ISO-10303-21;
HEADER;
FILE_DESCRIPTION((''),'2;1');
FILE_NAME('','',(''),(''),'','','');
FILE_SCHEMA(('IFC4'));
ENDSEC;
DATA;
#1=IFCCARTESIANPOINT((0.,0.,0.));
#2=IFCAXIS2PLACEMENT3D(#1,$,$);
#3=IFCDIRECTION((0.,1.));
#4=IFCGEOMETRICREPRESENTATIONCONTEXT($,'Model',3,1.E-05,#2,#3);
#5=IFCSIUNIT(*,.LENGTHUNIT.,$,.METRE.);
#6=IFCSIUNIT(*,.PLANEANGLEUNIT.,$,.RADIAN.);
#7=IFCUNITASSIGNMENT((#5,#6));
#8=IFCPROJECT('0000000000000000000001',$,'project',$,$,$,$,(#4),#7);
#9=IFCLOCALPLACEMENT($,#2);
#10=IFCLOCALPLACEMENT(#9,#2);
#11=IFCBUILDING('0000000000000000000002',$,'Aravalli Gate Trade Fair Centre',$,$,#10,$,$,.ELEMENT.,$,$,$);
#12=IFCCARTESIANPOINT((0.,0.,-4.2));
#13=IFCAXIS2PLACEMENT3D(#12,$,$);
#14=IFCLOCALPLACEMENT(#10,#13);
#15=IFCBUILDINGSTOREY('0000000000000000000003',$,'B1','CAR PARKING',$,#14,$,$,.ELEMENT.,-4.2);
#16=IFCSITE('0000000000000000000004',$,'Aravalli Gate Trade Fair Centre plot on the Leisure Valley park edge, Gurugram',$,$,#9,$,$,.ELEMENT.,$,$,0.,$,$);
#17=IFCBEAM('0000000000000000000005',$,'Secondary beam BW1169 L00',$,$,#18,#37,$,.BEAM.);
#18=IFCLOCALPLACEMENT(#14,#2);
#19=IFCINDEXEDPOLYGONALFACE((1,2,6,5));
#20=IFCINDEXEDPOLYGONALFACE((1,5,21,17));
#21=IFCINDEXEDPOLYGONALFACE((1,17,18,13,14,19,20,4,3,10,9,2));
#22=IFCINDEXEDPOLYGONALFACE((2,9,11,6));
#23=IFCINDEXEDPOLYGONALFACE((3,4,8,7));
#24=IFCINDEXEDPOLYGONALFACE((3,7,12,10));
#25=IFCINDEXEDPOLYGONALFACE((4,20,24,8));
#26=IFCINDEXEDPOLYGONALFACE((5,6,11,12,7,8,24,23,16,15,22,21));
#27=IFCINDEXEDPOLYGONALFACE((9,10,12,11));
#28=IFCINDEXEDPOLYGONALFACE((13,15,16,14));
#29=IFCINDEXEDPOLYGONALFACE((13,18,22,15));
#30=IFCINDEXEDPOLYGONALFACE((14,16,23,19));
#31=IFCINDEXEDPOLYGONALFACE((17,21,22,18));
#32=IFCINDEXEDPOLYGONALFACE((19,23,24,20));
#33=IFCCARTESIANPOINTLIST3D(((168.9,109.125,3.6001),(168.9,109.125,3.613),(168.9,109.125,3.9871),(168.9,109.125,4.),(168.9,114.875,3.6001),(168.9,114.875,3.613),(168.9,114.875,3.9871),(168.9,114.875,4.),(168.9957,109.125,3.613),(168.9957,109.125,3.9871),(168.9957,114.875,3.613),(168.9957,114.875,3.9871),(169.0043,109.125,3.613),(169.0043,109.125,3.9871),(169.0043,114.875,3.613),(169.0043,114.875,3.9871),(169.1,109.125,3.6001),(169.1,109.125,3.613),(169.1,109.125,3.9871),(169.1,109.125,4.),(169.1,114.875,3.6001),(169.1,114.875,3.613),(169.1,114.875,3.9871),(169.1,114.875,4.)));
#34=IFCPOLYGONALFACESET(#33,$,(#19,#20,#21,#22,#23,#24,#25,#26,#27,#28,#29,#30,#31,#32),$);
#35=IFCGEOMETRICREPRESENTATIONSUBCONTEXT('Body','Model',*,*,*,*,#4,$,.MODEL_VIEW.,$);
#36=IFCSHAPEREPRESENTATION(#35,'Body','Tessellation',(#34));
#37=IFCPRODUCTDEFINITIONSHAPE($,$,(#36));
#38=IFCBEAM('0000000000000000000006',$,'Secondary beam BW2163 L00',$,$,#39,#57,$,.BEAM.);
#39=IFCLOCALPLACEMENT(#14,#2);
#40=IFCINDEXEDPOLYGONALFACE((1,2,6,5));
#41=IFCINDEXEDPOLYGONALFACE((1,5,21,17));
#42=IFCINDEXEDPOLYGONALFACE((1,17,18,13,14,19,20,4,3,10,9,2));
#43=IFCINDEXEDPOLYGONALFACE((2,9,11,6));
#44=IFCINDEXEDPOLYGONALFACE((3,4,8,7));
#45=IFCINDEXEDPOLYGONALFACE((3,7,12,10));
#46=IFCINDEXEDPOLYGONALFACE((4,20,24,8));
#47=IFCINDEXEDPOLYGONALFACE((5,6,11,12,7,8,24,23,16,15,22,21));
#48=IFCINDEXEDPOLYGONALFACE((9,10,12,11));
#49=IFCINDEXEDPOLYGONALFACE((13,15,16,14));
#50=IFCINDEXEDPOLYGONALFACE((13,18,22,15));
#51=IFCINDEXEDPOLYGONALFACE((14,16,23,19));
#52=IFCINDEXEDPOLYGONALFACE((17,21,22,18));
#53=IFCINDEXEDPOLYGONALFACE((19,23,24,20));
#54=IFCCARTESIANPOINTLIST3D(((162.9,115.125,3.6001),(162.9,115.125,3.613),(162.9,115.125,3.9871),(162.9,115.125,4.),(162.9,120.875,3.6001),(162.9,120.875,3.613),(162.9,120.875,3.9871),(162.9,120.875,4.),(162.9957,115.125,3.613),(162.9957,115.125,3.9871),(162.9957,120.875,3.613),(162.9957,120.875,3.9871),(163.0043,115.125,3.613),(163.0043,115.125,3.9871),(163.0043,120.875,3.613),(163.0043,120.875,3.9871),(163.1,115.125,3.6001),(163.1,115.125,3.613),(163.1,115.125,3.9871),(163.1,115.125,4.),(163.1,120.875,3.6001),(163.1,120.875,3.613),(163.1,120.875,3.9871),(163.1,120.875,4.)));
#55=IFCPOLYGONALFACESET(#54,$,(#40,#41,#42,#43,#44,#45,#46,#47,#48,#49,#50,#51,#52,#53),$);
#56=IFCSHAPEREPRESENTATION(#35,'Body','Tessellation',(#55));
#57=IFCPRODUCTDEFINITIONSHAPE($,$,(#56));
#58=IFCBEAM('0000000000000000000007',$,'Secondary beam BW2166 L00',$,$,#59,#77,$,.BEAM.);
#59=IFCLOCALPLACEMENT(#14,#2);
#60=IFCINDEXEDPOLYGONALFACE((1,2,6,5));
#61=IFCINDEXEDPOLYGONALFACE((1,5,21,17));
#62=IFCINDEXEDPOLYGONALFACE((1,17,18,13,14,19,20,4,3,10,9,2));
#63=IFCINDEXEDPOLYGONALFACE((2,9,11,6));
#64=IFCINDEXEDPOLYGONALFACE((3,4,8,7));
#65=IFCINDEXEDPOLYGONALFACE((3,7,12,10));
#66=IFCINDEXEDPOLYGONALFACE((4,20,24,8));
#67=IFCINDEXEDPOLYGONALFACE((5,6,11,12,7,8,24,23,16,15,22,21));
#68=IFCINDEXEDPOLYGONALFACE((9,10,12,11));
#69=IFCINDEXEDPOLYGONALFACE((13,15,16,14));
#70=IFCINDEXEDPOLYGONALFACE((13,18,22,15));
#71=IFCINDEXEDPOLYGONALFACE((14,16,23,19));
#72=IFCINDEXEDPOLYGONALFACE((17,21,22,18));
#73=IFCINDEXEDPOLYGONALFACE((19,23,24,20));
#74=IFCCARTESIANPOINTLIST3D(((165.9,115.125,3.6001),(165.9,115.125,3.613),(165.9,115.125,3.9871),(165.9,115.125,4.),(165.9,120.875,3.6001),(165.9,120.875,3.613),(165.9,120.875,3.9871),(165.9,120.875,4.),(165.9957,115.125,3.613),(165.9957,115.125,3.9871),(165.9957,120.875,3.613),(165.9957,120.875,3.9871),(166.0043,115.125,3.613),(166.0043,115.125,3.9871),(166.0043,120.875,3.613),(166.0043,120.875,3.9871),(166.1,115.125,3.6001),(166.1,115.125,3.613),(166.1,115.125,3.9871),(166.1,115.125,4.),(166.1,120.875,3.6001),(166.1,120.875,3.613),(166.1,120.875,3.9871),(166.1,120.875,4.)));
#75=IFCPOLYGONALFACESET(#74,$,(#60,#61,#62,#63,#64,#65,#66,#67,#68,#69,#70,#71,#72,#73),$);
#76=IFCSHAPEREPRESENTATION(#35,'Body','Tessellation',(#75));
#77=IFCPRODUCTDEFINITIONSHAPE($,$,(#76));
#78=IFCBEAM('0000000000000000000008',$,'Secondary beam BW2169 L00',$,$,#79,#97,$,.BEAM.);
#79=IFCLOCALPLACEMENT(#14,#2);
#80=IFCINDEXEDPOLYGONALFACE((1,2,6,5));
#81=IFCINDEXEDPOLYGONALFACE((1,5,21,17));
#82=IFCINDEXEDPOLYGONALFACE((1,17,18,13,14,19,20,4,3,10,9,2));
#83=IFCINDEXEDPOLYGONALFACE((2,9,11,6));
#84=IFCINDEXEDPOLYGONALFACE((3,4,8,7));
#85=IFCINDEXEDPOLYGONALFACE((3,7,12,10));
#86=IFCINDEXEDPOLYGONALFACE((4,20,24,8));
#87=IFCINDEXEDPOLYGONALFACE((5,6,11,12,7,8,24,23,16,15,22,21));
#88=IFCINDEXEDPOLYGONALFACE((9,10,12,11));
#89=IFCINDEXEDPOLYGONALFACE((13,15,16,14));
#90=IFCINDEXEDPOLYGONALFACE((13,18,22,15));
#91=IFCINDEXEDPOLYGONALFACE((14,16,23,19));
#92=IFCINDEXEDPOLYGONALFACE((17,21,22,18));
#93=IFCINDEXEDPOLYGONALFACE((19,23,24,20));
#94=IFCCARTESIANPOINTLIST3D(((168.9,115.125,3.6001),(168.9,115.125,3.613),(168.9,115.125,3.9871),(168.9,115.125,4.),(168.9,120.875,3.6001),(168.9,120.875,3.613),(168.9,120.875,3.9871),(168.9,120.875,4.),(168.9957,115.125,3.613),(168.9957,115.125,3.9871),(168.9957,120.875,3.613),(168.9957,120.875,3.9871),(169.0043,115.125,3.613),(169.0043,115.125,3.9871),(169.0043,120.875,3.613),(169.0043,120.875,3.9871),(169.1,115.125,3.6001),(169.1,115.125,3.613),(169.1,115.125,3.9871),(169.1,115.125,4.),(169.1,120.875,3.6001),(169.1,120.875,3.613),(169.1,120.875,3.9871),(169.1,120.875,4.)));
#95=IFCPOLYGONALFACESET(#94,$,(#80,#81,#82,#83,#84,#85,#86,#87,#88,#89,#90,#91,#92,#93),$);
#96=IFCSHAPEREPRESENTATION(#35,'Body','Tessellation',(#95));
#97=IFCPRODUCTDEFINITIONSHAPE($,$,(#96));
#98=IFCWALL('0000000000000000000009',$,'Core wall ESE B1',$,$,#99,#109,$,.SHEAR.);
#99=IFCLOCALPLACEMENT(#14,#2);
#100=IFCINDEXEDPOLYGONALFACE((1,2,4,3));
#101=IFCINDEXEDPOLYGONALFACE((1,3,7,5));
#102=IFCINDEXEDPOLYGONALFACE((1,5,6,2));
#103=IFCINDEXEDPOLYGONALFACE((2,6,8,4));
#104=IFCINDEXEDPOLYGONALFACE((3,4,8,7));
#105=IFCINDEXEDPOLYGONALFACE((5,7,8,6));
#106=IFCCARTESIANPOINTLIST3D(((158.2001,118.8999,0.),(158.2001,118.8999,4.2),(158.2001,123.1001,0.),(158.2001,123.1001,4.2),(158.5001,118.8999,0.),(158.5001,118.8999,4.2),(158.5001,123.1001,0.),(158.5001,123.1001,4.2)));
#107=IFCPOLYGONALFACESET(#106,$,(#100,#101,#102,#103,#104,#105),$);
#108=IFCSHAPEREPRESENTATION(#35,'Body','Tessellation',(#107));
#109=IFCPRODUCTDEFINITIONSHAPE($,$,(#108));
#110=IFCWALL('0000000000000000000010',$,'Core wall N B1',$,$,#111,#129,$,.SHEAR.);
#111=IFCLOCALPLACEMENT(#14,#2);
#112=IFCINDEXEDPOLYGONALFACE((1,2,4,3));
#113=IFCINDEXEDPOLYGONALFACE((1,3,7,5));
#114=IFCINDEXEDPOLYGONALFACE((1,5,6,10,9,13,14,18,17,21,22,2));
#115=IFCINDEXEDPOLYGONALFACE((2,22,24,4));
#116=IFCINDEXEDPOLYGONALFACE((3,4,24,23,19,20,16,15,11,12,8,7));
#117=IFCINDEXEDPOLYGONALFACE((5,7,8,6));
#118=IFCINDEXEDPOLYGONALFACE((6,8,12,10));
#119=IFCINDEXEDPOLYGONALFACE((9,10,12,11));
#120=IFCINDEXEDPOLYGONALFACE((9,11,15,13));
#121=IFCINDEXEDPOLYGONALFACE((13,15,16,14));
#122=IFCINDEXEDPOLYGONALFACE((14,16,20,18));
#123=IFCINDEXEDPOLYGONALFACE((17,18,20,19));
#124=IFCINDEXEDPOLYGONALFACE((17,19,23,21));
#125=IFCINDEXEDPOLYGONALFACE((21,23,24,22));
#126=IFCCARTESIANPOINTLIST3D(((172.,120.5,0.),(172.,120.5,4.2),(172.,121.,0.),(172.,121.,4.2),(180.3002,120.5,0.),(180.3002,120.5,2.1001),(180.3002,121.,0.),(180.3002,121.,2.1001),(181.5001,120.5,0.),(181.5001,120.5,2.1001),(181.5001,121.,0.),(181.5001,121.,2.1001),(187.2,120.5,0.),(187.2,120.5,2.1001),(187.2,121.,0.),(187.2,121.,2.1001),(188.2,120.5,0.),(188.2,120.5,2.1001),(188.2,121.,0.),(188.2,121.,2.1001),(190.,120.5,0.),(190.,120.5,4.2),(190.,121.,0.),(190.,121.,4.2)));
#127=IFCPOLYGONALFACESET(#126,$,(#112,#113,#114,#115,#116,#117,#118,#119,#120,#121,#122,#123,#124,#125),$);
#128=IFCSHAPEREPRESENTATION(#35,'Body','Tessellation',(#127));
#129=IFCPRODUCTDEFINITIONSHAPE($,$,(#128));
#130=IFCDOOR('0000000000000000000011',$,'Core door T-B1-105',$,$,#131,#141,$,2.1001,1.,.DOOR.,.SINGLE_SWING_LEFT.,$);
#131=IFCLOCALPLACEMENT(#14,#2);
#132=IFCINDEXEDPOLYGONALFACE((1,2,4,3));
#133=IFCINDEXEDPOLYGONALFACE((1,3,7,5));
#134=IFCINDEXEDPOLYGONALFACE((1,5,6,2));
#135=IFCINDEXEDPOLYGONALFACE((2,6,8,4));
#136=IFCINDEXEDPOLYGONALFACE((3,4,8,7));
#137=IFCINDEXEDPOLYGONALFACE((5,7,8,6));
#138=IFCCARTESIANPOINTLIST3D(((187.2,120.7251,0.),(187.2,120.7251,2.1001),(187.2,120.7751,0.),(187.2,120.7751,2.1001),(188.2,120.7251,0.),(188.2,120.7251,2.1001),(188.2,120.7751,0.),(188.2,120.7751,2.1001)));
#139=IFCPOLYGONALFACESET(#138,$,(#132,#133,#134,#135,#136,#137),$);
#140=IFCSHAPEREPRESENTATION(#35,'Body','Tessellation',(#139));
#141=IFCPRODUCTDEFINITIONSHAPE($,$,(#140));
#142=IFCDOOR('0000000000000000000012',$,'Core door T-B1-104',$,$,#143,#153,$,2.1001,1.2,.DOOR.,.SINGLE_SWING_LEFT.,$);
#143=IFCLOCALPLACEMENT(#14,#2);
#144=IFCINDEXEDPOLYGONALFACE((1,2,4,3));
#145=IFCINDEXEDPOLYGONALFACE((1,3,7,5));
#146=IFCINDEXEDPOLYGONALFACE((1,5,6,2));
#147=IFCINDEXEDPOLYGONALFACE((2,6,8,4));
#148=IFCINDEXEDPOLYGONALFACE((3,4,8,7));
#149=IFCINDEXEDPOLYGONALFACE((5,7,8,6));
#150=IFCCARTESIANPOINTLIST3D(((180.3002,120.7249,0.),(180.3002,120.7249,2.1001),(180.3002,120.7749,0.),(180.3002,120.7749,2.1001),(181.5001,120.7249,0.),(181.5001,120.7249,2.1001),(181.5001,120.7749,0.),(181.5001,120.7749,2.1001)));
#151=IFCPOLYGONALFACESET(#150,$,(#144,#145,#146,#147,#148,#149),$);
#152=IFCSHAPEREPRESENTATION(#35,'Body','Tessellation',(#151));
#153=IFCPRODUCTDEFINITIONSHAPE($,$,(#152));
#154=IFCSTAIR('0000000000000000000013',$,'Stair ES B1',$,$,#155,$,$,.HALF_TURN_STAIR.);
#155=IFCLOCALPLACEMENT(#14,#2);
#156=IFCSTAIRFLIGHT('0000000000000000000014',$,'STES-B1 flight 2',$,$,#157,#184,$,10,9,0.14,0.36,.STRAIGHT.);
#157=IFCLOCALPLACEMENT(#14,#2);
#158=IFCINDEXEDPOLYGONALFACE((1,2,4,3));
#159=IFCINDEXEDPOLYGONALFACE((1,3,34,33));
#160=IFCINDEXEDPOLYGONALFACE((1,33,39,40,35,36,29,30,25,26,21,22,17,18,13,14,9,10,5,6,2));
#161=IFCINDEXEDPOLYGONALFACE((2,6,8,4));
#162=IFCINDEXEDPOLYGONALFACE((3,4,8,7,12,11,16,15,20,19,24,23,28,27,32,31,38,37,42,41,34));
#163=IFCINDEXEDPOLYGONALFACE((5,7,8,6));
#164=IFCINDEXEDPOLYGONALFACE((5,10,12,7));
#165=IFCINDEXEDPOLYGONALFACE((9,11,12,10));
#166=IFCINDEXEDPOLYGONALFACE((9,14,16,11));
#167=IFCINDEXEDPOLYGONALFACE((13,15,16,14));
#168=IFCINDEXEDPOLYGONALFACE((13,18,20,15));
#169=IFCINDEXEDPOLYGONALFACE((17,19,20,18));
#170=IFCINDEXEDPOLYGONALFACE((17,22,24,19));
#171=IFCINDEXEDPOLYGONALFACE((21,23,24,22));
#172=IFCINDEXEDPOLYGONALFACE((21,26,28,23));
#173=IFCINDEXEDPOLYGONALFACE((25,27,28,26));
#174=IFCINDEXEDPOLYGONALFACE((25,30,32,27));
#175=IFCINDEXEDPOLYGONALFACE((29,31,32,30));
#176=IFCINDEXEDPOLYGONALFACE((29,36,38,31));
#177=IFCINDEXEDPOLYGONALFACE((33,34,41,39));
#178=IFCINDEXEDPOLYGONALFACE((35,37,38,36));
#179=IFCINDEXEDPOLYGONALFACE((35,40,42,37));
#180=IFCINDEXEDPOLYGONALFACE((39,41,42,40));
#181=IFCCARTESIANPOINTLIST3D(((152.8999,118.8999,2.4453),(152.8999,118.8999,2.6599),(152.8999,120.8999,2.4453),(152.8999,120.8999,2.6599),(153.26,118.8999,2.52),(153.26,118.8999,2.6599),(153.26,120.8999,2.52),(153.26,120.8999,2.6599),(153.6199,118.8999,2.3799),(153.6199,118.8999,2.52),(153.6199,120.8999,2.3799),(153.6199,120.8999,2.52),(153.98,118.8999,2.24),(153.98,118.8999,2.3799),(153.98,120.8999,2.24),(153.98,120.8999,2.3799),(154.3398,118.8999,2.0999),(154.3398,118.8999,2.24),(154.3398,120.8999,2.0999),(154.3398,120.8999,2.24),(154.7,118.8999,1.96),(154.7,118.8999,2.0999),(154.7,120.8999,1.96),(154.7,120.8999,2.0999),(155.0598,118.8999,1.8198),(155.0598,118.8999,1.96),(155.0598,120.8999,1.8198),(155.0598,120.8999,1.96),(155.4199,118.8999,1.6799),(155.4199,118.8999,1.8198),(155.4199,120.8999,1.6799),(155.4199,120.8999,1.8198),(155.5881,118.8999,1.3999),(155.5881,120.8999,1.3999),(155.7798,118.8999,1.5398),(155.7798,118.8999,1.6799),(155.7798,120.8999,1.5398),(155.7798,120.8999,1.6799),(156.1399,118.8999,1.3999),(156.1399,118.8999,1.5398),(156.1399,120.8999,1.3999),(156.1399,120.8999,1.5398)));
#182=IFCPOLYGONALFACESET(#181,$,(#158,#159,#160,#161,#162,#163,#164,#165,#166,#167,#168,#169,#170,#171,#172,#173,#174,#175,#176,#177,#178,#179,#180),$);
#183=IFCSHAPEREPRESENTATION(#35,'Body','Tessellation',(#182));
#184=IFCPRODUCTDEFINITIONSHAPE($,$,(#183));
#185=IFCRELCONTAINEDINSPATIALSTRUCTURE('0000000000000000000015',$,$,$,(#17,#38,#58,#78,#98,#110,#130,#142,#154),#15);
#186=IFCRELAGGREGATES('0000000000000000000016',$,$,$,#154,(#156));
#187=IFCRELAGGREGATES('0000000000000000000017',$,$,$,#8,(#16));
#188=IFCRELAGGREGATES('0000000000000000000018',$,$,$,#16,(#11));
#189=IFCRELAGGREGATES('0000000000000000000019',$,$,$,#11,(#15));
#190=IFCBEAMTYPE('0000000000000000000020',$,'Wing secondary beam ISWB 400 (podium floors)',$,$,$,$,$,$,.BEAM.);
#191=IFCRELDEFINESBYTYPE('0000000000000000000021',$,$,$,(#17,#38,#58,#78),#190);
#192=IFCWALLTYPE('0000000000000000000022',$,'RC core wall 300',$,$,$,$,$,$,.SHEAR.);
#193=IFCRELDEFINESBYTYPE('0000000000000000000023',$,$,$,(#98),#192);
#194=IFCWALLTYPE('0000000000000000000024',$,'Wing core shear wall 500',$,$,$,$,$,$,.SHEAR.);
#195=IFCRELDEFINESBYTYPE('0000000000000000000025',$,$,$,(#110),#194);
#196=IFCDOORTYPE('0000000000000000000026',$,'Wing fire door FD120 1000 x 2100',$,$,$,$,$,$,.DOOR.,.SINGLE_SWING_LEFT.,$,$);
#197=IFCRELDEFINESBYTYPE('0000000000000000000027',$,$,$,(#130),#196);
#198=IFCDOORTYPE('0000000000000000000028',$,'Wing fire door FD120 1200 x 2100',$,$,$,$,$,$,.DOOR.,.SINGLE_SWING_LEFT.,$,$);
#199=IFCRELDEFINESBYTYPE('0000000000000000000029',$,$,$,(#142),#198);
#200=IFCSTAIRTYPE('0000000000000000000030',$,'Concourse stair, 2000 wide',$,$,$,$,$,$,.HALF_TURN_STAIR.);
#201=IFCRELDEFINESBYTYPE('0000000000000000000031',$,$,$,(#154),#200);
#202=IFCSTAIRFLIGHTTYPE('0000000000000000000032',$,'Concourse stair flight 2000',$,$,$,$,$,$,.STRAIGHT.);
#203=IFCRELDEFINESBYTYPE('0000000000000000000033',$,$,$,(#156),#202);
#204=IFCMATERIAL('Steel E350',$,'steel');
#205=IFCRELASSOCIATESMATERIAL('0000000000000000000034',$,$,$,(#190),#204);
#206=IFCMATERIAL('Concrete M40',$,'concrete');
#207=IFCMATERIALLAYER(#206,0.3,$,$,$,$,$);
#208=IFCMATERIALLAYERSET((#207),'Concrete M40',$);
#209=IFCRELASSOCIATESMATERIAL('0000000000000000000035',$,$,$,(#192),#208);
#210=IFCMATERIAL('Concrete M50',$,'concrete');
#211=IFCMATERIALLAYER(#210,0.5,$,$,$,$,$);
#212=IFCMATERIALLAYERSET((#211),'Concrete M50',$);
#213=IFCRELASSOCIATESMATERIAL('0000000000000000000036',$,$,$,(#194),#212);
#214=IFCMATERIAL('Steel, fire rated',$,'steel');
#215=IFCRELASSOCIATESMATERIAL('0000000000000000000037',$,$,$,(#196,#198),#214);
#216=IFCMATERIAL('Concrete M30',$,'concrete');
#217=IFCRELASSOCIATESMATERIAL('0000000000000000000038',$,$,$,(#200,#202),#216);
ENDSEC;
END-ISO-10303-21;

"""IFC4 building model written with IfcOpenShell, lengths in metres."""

from ifc_helpers import new_model, si_unit, direction, frame, frame_2d, origin, origin_2d, place, context, subcontext, project, spatial, polyline, rectangle, i_section, outline, extrude, material, layer, layer_set, material_profile, profile_set, type_object, element, fill, aggregate, save


model = new_model("IFC4")

# Units and contexts
model_context = context("Model", 3, precision=1e-05, world=origin(), true_north=direction((0.0, 1.0)))
body_context = subcontext(model_context, "Body", "Model", "MODEL_VIEW")
ifc_project = project(units=[si_unit("LENGTHUNIT", "METRE"), si_unit("PLANEANGLEUNIT", "RADIAN")], contexts=[model_context])

# Site, building, storey
site_placement = place(None, origin())
site = spatial("IfcSite", under=ifc_project, at=site_placement, Name="Aravalli Gate Trade Fair Centre plot on the Leisure Valley park edge, Gurugram", CompositionType="ELEMENT", RefElevation=0.0)
building_placement = place(site_placement, origin())
building = spatial("IfcBuilding", under=site, at=building_placement, Name="Aravalli Gate Trade Fair Centre", CompositionType="ELEMENT")
storey_placement = place(building_placement, frame((0.0, 0.0, -4.2)))
storey = spatial("IfcBuildingStorey", under=building, at=storey_placement, Name="B1", Description="CAR PARKING", CompositionType="ELEMENT", Elevation=-4.2)

# Shared definitions
ifc_material_1 = material(Name="Concrete M50", Category="concrete")
ifc_material_2 = material(Name="Steel E350", Category="steel")

# Beams
ifc_material_profile_1 = material_profile(ifc_material_2, i_section(OverallWidth=0.2, OverallDepth=0.3999, WebThickness=0.0085, FlangeThickness=0.0129, at=origin_2d()), Name="ISWB 400")
ifc_profile_set_1 = profile_set([ifc_material_profile_1], Name="Steel E350")
beam_type_1 = type_object("IfcBeamType", Name="Wing secondary beam ISWB 400 (podium floors)", PredefinedType="BEAM", material=ifc_profile_set_1)
for number, where, z_axis, x_axis, name in (
    (1, (169.0, 109.125, 3.8), (0.0, 1.0, 0.0), (-1.0, 0.0, 0.0), "Secondary beam BW1169 L00"),
    (2, (163.0, 115.125, 3.8), (0.0, 1.0, 0.0), (-1.0, 0.0, 0.0), "Secondary beam BW2163 L00"),
    (3, (166.0, 115.125, 3.8), (0.0, 1.0, 0.0), (-1.0, 0.0, 0.0), "Secondary beam BW2166 L00"),
    (4, (169.0, 115.125, 3.8), (0.0, 1.0, 0.0), (-1.0, 0.0, 0.0), "Secondary beam BW2169 L00"),
):
    element("IfcBeam", number, at=place(storey_placement, frame(where, z_axis=z_axis, x_axis=x_axis)), inside=storey, type_object=beam_type_1, Name=name, PredefinedType="BEAM", context=body_context, shape_type="SweptSolid", body=[
        extrude(i_section(OverallWidth=0.2, OverallDepth=0.3999, WebThickness=0.0085, FlangeThickness=0.0129, at=origin_2d()), origin(), (0.0, 0.0, 1.0), 5.75),
    ])

# Wall
ifc_material_3 = material(Name="Concrete M40", Category="concrete")
ifc_layer_1 = layer(ifc_material_3, 0.3)
ifc_layer_set_1 = layer_set([ifc_layer_1], Name="Concrete M40")
wall_type_1 = type_object("IfcWallType", Name="RC core wall 300", PredefinedType="SHEAR", material=ifc_layer_set_1)
wall_1_placement = place(storey_placement, frame((158.3501, 118.8999, 0.0), z_axis=(0.0, 0.0, 1.0), x_axis=(0.0, 1.0, 0.0)))
element("IfcWall", 5, at=wall_1_placement, inside=storey, type_object=wall_type_1, Name="Core wall ESE B1", PredefinedType="SHEAR", context=body_context, shape_type="SweptSolid", body=[
    extrude(rectangle(XDim=4.2002, YDim=0.3, at=frame_2d((2.1001, 0.0))), origin(), (0.0, 0.0, 1.0), 4.2),
])

# Wall, openings, doors
ifc_layer_2 = layer(ifc_material_1, 0.5)
ifc_layer_set_2 = layer_set([ifc_layer_2], Name="Concrete M50")
wall_type_2 = type_object("IfcWallType", Name="Wing core shear wall 500", PredefinedType="SHEAR", material=ifc_layer_set_2)
wall_2_placement = place(storey_placement, frame((172.0, 120.75, 0.0), z_axis=(0.0, 0.0, 1.0), x_axis=(1.0, 0.0, 0.0)))
wall_2 = element("IfcWall", 6, at=wall_2_placement, inside=storey, type_object=wall_type_2, Name="Core wall N B1", PredefinedType="SHEAR", context=body_context, shape_type="SweptSolid", body=[
    extrude(rectangle(XDim=18.0, YDim=0.5, at=frame_2d((9.0, 0.0))), origin(), (0.0, 0.0, 1.0), 4.2),
])
opening_1_placement = place(wall_2_placement, frame((8.3, 0.0, 0.0)))
opening_1 = element("IfcOpeningElement", 7, at=opening_1_placement, cuts=wall_2, PredefinedType="OPENING", context=body_context, shape_type="SweptSolid", body=[
    extrude(rectangle(XDim=1.2, YDim=2.1001, at=frame_2d((0.6001, 1.05))), frame((0.0, 0.26, 0.0), z_axis=(0.0, -1.0, 0.0), x_axis=(1.0, 0.0, 0.0)), (0.0, 0.0, 1.0), 0.52),
])
opening_2_placement = place(wall_2_placement, frame((15.2, 0.0, 0.0)))
opening_2 = element("IfcOpeningElement", 8, at=opening_2_placement, cuts=wall_2, PredefinedType="OPENING", context=body_context, shape_type="SweptSolid", body=[
    extrude(rectangle(XDim=1.0, YDim=2.1001, at=frame_2d((0.5, 1.05))), frame((0.0, 0.26, 0.0), z_axis=(0.0, -1.0, 0.0), x_axis=(1.0, 0.0, 0.0)), (0.0, 0.0, 1.0), 0.52),
])
ifc_material_4 = material(Name="Steel, fire rated", Category="steel")
door_type_1 = type_object("IfcDoorType", Name="Wing fire door FD120 1000 x 2100", OperationType="SINGLE_SWING_LEFT", PredefinedType="DOOR", material=ifc_material_4)
door_1_placement = place(opening_2_placement, frame((1.0, 0.0, 0.0), z_axis=(0.0, 0.0, 1.0), x_axis=(-1.0, 0.0, 0.0)))
door_1 = element("IfcDoor", 9, at=door_1_placement, inside=storey, type_object=door_type_1, Name="Core door T-B1-105", OperationType="SINGLE_SWING_LEFT", OverallHeight=2.1001, OverallWidth=1.0, PredefinedType="DOOR", context=body_context, shape_type="SweptSolid", body=[
    extrude(rectangle(XDim=1.0, YDim=2.1001, at=frame_2d((0.5, 1.05))), frame((0.0, 0.0249, 0.0), z_axis=(0.0, -1.0, 0.0), x_axis=(1.0, 0.0, 0.0)), (0.0, 0.0, 1.0), 0.05),
])
fill(opening_2, door_1)
door_type_2 = type_object("IfcDoorType", Name="Wing fire door FD120 1200 x 2100", OperationType="SINGLE_SWING_LEFT", PredefinedType="DOOR", material=ifc_material_4)
door_2_placement = place(opening_1_placement, origin())
door_2 = element("IfcDoor", 10, at=door_2_placement, inside=storey, type_object=door_type_2, Name="Core door T-B1-104", OperationType="SINGLE_SWING_LEFT", OverallHeight=2.1001, OverallWidth=1.2, PredefinedType="DOOR", context=body_context, shape_type="SweptSolid", body=[
    extrude(rectangle(XDim=1.2, YDim=2.1001, at=frame_2d((0.6001, 1.05))), frame((0.0, 0.0249, 0.0), z_axis=(0.0, -1.0, 0.0), x_axis=(1.0, 0.0, 0.0)), (0.0, 0.0, 1.0), 0.05),
])
fill(opening_1, door_2)

# Stair, stair flight
ifc_material_5 = material(Name="Concrete M30", Category="concrete")
stair_type = type_object("IfcStairType", Name="Concourse stair, 2000 wide", PredefinedType="HALF_TURN_STAIR", material=ifc_material_5)
stair_placement = place(storey_placement, origin())
stair = element("IfcStair", 11, at=stair_placement, inside=storey, type_object=stair_type, Name="Stair ES B1", PredefinedType="HALF_TURN_STAIR")
stair_flight_type = type_object("IfcStairFlightType", Name="Concourse stair flight 2000", PredefinedType="STRAIGHT", material=ifc_material_5)
stair_flight_placement = place(storey_placement, frame((156.1399, 119.8999, 1.3999), z_axis=(0.0, 0.0, 1.0), x_axis=(-1.0, 0.0, 0.0)))
stair_flight = element("IfcStairFlight", 12, at=stair_flight_placement, type_object=stair_flight_type, Name="STES-B1 flight 2", NumberOfRisers=10, NumberOfTreads=9, PredefinedType="STRAIGHT", RiserHeight=0.14, TreadLength=0.36, context=body_context, shape_type="SweptSolid", body=[
    extrude(outline(polyline([(0.0, 0.0), (0.0, 0.1399), (0.3601, 0.1399), (0.3601, 0.28), (0.72, 0.28), (0.72, 0.4199), (1.0801, 0.4199), (1.0801, 0.5601), (1.4399, 0.5601), (1.4399, 0.7), (1.8, 0.7), (1.8, 0.8401), (2.1599, 0.8401), (2.1599, 0.98), (2.52, 0.98), (2.52, 1.1201), (2.8799, 1.1201), (2.8799, 1.26), (3.24, 1.26), (3.24, 1.3999), (3.24, 1.0454), (0.5518, 0.0), (0.0, 0.0)])), frame((0.0, 1.0, 0.0), z_axis=(0.0, -1.0, 0.0), x_axis=(1.0, 0.0, 0.0)), (0.0, 0.0, 1.0), 2.0),
])
aggregate(stair, [stair_flight])

save(model, "model.ifc")
